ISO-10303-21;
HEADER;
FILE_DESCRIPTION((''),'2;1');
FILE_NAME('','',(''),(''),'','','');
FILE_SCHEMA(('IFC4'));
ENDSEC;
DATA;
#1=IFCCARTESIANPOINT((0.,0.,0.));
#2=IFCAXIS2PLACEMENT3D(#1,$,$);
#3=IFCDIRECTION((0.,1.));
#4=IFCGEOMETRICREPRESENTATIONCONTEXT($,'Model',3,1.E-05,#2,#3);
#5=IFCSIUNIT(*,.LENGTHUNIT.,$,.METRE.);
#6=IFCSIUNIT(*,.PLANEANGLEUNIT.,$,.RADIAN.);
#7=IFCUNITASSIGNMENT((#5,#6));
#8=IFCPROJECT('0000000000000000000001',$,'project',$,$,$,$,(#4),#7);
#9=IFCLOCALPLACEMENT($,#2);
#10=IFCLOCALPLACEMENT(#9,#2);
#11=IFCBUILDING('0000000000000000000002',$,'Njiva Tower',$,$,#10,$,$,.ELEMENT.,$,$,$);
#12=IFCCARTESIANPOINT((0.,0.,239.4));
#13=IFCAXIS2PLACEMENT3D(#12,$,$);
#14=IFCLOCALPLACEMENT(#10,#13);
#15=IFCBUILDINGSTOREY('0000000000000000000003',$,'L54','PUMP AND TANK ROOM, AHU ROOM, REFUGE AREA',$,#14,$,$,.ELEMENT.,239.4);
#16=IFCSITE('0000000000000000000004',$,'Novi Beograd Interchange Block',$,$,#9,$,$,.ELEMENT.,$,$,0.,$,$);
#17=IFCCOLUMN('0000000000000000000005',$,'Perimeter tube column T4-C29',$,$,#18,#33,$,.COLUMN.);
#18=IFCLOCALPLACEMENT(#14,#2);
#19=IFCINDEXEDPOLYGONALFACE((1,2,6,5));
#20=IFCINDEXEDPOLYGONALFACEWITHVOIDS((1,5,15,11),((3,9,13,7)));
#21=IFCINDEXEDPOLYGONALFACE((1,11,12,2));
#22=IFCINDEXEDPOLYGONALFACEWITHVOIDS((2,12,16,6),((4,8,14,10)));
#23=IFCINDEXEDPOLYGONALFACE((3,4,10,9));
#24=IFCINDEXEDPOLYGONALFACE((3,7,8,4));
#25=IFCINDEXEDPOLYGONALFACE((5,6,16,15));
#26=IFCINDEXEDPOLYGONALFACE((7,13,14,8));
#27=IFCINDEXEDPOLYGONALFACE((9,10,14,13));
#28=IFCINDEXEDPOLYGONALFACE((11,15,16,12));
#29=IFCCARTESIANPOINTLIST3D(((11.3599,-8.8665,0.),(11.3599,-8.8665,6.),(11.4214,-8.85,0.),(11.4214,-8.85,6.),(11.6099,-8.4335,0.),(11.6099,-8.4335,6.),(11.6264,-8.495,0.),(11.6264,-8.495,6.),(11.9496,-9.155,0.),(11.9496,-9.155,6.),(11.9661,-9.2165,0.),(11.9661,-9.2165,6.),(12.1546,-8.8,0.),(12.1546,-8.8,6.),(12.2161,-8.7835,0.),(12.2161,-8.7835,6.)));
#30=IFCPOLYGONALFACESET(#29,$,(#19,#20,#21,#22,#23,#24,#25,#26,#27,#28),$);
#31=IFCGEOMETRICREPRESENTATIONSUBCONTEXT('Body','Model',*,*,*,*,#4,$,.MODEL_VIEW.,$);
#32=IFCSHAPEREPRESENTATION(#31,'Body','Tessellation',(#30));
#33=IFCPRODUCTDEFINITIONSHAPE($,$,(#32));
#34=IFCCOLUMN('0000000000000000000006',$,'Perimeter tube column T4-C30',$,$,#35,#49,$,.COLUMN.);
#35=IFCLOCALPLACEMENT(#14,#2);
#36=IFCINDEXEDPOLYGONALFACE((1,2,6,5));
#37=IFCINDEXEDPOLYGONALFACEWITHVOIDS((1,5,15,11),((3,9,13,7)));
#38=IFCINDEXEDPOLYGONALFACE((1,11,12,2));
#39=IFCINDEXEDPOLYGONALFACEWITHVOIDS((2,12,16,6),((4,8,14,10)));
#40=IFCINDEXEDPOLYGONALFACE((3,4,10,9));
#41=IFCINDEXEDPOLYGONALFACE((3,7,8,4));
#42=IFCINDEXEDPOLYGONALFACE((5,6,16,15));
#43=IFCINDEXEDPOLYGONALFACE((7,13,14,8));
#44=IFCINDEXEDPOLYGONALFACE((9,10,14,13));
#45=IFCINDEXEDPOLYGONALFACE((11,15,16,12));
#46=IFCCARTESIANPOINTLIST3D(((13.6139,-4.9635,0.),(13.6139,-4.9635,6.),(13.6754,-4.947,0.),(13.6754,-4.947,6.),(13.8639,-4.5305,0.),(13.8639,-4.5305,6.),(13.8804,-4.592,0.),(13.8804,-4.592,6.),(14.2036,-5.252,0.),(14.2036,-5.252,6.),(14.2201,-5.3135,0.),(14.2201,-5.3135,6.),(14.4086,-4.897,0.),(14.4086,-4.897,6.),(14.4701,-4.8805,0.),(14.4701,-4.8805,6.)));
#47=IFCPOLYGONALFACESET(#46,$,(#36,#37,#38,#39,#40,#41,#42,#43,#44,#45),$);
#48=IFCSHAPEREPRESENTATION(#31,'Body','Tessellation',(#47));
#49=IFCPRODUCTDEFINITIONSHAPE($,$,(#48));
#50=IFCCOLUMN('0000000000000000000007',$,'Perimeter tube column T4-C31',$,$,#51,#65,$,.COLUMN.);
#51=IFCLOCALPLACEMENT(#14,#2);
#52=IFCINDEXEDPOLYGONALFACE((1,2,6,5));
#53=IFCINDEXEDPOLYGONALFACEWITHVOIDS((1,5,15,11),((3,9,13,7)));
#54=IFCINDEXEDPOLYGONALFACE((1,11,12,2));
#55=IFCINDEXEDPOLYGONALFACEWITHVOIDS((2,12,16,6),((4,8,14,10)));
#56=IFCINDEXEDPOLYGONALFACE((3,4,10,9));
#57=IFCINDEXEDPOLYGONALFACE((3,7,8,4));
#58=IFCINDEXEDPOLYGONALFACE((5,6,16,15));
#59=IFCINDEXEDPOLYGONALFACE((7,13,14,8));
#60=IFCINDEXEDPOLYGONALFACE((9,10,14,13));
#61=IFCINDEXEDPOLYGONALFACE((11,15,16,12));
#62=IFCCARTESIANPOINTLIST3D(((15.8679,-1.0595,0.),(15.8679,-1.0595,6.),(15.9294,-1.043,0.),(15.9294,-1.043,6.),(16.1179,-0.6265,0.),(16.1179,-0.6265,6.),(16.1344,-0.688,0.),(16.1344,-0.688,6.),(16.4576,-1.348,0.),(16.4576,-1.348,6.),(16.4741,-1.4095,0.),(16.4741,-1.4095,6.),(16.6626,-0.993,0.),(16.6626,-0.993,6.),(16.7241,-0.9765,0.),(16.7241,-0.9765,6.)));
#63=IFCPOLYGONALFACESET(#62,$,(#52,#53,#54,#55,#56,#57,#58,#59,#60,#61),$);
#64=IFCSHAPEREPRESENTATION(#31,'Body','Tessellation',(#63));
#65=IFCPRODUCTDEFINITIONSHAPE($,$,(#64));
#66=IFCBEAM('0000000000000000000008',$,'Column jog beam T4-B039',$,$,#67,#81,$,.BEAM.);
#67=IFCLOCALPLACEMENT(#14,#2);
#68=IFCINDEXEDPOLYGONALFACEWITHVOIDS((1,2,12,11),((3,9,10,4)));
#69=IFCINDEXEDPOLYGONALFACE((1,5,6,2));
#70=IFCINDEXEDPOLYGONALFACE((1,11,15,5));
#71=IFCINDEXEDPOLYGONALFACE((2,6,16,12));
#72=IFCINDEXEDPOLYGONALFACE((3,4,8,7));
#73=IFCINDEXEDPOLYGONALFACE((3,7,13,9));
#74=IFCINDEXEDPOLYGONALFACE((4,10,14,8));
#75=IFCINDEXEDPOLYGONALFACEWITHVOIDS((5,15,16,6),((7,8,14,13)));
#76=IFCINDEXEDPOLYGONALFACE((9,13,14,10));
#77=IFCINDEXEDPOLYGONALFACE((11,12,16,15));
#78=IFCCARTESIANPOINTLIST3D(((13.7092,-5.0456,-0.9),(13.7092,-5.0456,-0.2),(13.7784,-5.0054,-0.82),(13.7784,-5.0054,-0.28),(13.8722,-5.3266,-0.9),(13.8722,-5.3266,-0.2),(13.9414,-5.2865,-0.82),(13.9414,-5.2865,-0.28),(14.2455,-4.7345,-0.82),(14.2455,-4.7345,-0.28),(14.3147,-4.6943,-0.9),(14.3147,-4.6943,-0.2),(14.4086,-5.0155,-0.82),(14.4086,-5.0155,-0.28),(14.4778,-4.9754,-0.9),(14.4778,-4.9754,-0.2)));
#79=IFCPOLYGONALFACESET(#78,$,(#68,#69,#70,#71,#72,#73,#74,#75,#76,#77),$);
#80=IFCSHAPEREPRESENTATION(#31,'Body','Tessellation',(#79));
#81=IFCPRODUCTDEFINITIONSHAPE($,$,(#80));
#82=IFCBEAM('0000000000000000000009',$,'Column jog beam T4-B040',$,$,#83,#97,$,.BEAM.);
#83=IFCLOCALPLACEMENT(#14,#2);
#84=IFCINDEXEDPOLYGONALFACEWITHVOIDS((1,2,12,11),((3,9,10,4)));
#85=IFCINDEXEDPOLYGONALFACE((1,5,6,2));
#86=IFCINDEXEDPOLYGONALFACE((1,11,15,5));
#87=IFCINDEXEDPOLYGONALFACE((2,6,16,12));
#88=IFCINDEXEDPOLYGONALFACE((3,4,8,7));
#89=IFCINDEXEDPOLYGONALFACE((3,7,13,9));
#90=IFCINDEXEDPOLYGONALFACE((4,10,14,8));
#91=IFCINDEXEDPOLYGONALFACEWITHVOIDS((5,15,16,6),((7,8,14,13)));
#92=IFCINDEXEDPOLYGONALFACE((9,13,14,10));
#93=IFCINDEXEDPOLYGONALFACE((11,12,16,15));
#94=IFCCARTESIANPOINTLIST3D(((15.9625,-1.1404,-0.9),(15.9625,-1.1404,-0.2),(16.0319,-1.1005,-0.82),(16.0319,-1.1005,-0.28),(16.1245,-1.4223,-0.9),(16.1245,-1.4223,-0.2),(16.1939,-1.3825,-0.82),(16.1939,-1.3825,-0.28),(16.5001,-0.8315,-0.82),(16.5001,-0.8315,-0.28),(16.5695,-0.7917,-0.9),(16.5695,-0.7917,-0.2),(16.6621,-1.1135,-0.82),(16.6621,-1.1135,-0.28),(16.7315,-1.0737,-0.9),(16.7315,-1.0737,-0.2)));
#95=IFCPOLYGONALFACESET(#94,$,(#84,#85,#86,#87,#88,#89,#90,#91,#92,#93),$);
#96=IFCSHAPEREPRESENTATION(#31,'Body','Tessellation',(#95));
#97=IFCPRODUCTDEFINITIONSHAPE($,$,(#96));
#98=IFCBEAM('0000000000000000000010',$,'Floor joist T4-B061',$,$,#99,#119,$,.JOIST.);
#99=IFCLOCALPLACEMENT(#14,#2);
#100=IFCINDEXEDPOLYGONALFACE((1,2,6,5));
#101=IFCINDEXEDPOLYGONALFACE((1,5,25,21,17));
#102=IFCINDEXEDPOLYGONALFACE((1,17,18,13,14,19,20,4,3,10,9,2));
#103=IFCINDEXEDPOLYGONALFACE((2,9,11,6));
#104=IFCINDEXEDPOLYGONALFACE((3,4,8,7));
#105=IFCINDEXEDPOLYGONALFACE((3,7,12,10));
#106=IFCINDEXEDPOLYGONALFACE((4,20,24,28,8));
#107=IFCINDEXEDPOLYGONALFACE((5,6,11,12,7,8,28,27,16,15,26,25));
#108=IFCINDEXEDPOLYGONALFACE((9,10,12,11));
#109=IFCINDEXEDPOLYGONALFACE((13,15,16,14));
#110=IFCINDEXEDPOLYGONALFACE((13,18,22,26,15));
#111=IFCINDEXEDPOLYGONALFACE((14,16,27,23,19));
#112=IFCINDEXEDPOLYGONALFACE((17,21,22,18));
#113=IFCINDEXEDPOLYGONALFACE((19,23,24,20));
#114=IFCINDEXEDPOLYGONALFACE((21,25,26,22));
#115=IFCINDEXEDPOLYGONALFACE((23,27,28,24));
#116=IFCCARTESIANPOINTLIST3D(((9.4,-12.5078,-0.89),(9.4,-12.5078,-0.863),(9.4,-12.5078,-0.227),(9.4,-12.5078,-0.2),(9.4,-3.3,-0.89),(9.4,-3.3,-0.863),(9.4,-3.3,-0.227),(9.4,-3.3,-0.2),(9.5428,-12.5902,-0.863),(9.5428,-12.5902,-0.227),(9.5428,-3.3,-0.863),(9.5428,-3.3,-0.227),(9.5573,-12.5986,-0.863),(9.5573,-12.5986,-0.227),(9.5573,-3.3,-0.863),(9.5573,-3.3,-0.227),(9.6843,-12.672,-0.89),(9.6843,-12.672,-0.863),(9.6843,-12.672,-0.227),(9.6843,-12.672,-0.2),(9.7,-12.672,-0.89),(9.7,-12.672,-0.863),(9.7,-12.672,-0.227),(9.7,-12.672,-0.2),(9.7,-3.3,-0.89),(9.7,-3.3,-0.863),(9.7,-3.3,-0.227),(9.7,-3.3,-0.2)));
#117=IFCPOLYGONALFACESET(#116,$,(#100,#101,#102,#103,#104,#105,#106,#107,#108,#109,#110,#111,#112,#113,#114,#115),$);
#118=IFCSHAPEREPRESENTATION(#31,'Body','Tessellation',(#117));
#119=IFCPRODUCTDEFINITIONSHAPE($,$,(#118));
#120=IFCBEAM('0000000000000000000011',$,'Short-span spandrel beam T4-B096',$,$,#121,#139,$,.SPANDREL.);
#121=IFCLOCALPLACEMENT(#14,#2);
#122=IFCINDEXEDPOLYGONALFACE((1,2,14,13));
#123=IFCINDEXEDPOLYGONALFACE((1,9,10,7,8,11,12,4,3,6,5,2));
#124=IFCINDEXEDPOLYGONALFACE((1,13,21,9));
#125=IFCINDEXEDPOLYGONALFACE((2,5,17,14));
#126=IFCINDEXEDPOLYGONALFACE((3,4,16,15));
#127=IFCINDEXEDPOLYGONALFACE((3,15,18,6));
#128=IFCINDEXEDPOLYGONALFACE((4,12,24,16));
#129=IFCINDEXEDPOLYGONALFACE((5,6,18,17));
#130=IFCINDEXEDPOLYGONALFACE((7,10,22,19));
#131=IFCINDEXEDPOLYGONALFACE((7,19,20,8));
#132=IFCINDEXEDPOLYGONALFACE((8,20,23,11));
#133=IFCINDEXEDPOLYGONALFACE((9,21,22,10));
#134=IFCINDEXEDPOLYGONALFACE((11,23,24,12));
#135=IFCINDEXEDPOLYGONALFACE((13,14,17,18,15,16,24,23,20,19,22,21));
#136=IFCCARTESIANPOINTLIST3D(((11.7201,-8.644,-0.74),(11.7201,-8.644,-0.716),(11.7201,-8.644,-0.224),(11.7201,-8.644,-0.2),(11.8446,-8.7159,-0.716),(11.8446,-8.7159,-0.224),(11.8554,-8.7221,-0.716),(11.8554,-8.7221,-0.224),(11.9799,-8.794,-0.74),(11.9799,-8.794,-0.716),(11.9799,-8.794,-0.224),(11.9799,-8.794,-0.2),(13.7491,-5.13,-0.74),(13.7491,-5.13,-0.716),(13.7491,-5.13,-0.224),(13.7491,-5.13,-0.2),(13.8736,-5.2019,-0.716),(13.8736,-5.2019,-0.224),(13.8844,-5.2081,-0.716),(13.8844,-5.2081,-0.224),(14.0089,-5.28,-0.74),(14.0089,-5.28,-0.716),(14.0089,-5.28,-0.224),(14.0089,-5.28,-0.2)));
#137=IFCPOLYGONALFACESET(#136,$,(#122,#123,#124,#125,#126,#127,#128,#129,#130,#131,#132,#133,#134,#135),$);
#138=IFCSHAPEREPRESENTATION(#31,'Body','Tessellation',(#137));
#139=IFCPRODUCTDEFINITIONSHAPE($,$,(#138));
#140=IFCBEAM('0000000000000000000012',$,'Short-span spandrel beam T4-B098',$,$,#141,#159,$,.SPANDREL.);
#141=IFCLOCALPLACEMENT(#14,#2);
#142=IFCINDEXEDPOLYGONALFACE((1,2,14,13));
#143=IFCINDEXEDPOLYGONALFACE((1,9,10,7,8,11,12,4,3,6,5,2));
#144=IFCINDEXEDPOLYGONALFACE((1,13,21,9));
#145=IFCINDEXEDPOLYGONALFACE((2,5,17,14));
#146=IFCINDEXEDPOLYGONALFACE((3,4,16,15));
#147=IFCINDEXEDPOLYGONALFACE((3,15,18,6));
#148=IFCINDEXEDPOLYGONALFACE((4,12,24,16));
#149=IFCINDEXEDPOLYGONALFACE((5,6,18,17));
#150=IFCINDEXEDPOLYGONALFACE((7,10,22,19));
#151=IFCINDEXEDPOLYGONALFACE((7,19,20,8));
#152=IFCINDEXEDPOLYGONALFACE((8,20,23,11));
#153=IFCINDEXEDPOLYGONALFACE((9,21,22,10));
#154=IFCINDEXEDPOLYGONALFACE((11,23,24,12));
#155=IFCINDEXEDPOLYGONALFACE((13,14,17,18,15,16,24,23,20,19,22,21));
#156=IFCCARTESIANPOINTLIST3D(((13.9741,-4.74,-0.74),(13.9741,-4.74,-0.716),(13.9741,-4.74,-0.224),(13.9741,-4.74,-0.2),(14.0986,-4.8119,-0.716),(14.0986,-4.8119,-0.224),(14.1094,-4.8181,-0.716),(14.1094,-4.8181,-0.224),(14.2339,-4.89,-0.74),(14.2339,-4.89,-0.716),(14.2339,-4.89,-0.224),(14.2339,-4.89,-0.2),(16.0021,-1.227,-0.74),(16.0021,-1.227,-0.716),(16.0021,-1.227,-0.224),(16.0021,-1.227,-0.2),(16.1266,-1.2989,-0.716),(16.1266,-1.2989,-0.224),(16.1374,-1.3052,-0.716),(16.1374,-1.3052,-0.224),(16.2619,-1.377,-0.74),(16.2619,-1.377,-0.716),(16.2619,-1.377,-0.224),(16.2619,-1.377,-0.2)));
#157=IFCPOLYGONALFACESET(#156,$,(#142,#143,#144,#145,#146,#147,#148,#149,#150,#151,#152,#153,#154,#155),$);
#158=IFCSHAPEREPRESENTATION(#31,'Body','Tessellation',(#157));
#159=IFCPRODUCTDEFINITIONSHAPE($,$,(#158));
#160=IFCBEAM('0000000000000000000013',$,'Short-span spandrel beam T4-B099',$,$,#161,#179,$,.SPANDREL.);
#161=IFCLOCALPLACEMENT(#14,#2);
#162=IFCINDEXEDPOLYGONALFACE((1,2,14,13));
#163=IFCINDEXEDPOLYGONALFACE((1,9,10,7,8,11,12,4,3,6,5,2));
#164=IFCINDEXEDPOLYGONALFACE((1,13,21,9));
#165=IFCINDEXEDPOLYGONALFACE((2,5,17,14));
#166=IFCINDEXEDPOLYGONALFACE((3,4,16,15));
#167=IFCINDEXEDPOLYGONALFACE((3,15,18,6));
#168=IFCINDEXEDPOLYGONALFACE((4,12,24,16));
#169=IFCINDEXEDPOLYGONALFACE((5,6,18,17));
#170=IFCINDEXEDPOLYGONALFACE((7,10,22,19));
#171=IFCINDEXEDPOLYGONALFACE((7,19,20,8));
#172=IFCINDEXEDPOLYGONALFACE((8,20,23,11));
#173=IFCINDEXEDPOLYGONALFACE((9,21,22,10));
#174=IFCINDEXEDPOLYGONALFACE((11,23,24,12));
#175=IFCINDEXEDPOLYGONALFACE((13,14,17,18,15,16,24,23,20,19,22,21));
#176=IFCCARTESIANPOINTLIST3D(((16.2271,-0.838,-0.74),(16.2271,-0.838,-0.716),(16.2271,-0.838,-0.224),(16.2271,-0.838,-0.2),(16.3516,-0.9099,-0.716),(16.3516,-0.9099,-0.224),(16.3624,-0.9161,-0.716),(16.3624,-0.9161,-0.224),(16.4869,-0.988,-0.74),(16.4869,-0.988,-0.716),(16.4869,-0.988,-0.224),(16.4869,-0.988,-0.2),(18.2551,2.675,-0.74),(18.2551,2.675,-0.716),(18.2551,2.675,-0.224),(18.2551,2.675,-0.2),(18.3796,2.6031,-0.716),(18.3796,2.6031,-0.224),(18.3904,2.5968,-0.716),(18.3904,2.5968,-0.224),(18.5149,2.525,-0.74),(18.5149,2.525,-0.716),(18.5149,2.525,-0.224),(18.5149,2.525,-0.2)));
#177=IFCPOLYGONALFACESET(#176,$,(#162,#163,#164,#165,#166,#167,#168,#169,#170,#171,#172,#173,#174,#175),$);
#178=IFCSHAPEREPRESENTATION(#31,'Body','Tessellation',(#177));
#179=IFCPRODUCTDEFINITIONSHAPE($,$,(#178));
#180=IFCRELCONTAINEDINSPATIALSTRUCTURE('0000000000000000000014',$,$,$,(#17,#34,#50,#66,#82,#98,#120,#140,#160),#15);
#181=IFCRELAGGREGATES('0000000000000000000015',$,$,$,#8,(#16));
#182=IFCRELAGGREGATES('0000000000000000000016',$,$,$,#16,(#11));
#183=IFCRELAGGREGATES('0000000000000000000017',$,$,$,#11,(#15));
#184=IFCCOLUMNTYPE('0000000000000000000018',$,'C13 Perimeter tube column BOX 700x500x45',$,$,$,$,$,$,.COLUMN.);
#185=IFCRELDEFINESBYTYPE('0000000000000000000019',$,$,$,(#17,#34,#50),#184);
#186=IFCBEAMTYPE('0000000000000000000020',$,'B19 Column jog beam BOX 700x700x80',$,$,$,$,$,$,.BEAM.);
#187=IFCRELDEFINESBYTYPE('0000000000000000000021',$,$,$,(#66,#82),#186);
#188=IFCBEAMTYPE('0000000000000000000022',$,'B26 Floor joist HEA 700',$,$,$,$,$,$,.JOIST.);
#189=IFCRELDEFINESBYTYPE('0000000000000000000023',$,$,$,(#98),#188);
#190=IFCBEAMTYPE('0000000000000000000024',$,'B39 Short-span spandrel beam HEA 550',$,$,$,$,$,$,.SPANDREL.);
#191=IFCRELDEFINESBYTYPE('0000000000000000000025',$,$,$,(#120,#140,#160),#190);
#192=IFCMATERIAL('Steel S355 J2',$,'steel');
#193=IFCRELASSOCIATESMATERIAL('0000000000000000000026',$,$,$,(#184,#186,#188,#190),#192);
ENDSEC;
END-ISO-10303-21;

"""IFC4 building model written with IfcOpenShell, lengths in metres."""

from ifc_helpers import new_model, si_unit, direction, frame, origin, origin_2d, place, context, subcontext, project, spatial, hollow_rectangle, i_section, extrude, clip, halfspace, material, material_profile, profile_set, type_object, element, save


model = new_model("IFC4")

# Units and contexts
model_context = context("Model", 3, precision=1e-05, world=origin(), true_north=direction((0.0, 1.0)))
body_context = subcontext(model_context, "Body", "Model", "MODEL_VIEW")
ifc_project = project(units=[si_unit("LENGTHUNIT", "METRE"), si_unit("PLANEANGLEUNIT", "RADIAN")], contexts=[model_context])

# Site, building, storey
site_placement = place(None, origin())
site = spatial("IfcSite", under=ifc_project, at=site_placement, Name="Novi Beograd Interchange Block", CompositionType="ELEMENT", RefElevation=0.0)
building_placement = place(site_placement, origin())
building = spatial("IfcBuilding", under=site, at=building_placement, Name="Njiva Tower", CompositionType="ELEMENT")
storey_placement = place(building_placement, frame((0.0, 0.0, 239.4)))
storey = spatial("IfcBuildingStorey", under=building, at=storey_placement, Name="L54", Description="PUMP AND TANK ROOM, AHU ROOM, REFUGE AREA", CompositionType="ELEMENT", Elevation=239.4)

# Columns
ifc_material_1 = material(Name="Steel S355 J2", Category="steel")
ifc_material_profile_1 = material_profile(ifc_material_1, hollow_rectangle(XDim=0.5, YDim=0.7, WallThickness=0.045, at=origin_2d()), Name="BOX 700x500x45")
ifc_profile_set_1 = profile_set([ifc_material_profile_1], Name="Steel S355 J2")
column_type = type_object("IfcColumnType", Name="C13 Perimeter tube column BOX 700x500x45", PredefinedType="COLUMN", material=ifc_profile_set_1)
for number, where, z_axis, x_axis, name in (
    (1, (11.788, -8.825, 0.0), (0.0, 0.0, 1.0), (0.5, 0.866025, 0.0), "Perimeter tube column T4-C29"),
    (2, (14.042, -4.922, 0.0), (0.0, 0.0, 1.0), (0.5, 0.866025, 0.0), "Perimeter tube column T4-C30"),
    (3, (16.296, -1.018, 0.0), (0.0, 0.0, 1.0), (0.5, 0.866025, 0.0), "Perimeter tube column T4-C31"),
):
    element("IfcColumn", number, at=place(storey_placement, frame(where, z_axis=z_axis, x_axis=x_axis)), inside=storey, type_object=column_type, Name=name, PredefinedType="COLUMN", context=body_context, shape_type="SweptSolid", body=[
        extrude(hollow_rectangle(XDim=0.5, YDim=0.7, WallThickness=0.045, at=origin_2d()), origin(), (0.0, 0.0, 1.0), 6.0),
    ])

# Beams
ifc_material_profile_2 = material_profile(ifc_material_1, hollow_rectangle(XDim=0.7, YDim=0.7, WallThickness=0.08, at=origin_2d()), Name="BOX 700x700x80")
ifc_profile_set_2 = profile_set([ifc_material_profile_2], Name="Steel S355 J2")
beam_type_1 = type_object("IfcBeamType", Name="B19 Column jog beam BOX 700x700x80", PredefinedType="BEAM", material=ifc_profile_set_2)
beam_1_placement = place(storey_placement, frame((14.175, -5.151, -0.55), z_axis=(-0.501764, 0.865004, 0.0), x_axis=(-0.865004, -0.501764, 0.0)))
element("IfcBeam", 4, at=beam_1_placement, inside=storey, type_object=beam_type_1, Name="Column jog beam T4-B039", PredefinedType="BEAM", context=body_context, shape_type="SweptSolid", body=[
    extrude(hollow_rectangle(XDim=0.7, YDim=0.7, WallThickness=0.08, at=origin_2d()), origin(), (0.0, 0.0, 1.0), 0.3249),
])
beam_2_placement = place(storey_placement, frame((16.428, -1.248, -0.55), z_axis=(-0.498124, 0.867106, 0.0), x_axis=(-0.867106, -0.498124, 0.0)))
element("IfcBeam", 5, at=beam_2_placement, inside=storey, type_object=beam_type_1, Name="Column jog beam T4-B040", PredefinedType="BEAM", context=body_context, shape_type="SweptSolid", body=[
    extrude(hollow_rectangle(XDim=0.7, YDim=0.7, WallThickness=0.08, at=origin_2d()), origin(), (0.0, 0.0, 1.0), 0.3252),
])
ifc_material_profile_3 = material_profile(ifc_material_1, i_section(OverallWidth=0.3, OverallDepth=0.69, WebThickness=0.0145, FlangeThickness=0.027, at=origin_2d()), Name="HEA 700")
ifc_profile_set_3 = profile_set([ifc_material_profile_3], Name="Steel S355 J2")
beam_type_2 = type_object("IfcBeamType", Name="B26 Floor joist HEA 700", PredefinedType="JOIST", material=ifc_profile_set_3)
beam_3_placement = place(storey_placement, frame((9.55, -3.3, -0.545), z_axis=(0.0, -1.0, 0.0), x_axis=(1.0, 0.0, 0.0)))
element("IfcBeam", 6, at=beam_3_placement, inside=storey, type_object=beam_type_2, Name="Floor joist T4-B061", PredefinedType="JOIST", context=body_context, shape_type="Clipping", body=[
    clip(extrude(i_section(OverallWidth=0.3, OverallDepth=0.69, WebThickness=0.0145, FlangeThickness=0.027, at=origin_2d()), origin(), (0.0, 0.0, 1.0), 9.372), halfspace(frame((-0.025, 0.0, 9.28), z_axis=(-0.499998, 0.0, 0.866027), x_axis=(0.0, 1.0, 0.0)), False)),
])
ifc_material_profile_4 = material_profile(ifc_material_1, i_section(OverallWidth=0.3, OverallDepth=0.54, WebThickness=0.0125, FlangeThickness=0.024, at=origin_2d()), Name="HEA 550")
ifc_profile_set_4 = profile_set([ifc_material_profile_4], Name="Steel S355 J2")
beam_type_3 = type_object("IfcBeamType", Name="B39 Short-span spandrel beam HEA 550", PredefinedType="SPANDREL", material=ifc_profile_set_4)
beam_4_placement = place(storey_placement, frame((11.85, -8.719, -0.47), z_axis=(0.500035, 0.866005, 0.0), x_axis=(-0.866005, 0.500035, 0.0)))
element("IfcBeam", 7, at=beam_4_placement, inside=storey, type_object=beam_type_3, Name="Short-span spandrel beam T4-B096", PredefinedType="SPANDREL", context=body_context, shape_type="SweptSolid", body=[
    extrude(i_section(OverallWidth=0.3, OverallDepth=0.54, WebThickness=0.0125, FlangeThickness=0.024, at=origin_2d()), origin(), (0.0, 0.0, 1.0), 4.0577),
])
for number, where, z_axis, x_axis, name in (
    (8, (14.104, -4.815, -0.47), (0.499957, 0.86605, 0.0), (-0.86605, 0.499957, 0.0), "Short-span spandrel beam T4-B098"),
    (9, (16.357, -0.913, -0.47), (0.499957, 0.86605, 0.0), (-0.86605, 0.499957, 0.0), "Short-span spandrel beam T4-B099"),
):
    element("IfcBeam", number, at=place(storey_placement, frame(where, z_axis=z_axis, x_axis=x_axis)), inside=storey, type_object=beam_type_3, Name=name, PredefinedType="SPANDREL", context=body_context, shape_type="SweptSolid", body=[
        extrude(i_section(OverallWidth=0.3, OverallDepth=0.54, WebThickness=0.0125, FlangeThickness=0.024, at=origin_2d()), origin(), (0.0, 0.0, 1.0), 4.0563),
    ])

save(model, "model.ifc")
